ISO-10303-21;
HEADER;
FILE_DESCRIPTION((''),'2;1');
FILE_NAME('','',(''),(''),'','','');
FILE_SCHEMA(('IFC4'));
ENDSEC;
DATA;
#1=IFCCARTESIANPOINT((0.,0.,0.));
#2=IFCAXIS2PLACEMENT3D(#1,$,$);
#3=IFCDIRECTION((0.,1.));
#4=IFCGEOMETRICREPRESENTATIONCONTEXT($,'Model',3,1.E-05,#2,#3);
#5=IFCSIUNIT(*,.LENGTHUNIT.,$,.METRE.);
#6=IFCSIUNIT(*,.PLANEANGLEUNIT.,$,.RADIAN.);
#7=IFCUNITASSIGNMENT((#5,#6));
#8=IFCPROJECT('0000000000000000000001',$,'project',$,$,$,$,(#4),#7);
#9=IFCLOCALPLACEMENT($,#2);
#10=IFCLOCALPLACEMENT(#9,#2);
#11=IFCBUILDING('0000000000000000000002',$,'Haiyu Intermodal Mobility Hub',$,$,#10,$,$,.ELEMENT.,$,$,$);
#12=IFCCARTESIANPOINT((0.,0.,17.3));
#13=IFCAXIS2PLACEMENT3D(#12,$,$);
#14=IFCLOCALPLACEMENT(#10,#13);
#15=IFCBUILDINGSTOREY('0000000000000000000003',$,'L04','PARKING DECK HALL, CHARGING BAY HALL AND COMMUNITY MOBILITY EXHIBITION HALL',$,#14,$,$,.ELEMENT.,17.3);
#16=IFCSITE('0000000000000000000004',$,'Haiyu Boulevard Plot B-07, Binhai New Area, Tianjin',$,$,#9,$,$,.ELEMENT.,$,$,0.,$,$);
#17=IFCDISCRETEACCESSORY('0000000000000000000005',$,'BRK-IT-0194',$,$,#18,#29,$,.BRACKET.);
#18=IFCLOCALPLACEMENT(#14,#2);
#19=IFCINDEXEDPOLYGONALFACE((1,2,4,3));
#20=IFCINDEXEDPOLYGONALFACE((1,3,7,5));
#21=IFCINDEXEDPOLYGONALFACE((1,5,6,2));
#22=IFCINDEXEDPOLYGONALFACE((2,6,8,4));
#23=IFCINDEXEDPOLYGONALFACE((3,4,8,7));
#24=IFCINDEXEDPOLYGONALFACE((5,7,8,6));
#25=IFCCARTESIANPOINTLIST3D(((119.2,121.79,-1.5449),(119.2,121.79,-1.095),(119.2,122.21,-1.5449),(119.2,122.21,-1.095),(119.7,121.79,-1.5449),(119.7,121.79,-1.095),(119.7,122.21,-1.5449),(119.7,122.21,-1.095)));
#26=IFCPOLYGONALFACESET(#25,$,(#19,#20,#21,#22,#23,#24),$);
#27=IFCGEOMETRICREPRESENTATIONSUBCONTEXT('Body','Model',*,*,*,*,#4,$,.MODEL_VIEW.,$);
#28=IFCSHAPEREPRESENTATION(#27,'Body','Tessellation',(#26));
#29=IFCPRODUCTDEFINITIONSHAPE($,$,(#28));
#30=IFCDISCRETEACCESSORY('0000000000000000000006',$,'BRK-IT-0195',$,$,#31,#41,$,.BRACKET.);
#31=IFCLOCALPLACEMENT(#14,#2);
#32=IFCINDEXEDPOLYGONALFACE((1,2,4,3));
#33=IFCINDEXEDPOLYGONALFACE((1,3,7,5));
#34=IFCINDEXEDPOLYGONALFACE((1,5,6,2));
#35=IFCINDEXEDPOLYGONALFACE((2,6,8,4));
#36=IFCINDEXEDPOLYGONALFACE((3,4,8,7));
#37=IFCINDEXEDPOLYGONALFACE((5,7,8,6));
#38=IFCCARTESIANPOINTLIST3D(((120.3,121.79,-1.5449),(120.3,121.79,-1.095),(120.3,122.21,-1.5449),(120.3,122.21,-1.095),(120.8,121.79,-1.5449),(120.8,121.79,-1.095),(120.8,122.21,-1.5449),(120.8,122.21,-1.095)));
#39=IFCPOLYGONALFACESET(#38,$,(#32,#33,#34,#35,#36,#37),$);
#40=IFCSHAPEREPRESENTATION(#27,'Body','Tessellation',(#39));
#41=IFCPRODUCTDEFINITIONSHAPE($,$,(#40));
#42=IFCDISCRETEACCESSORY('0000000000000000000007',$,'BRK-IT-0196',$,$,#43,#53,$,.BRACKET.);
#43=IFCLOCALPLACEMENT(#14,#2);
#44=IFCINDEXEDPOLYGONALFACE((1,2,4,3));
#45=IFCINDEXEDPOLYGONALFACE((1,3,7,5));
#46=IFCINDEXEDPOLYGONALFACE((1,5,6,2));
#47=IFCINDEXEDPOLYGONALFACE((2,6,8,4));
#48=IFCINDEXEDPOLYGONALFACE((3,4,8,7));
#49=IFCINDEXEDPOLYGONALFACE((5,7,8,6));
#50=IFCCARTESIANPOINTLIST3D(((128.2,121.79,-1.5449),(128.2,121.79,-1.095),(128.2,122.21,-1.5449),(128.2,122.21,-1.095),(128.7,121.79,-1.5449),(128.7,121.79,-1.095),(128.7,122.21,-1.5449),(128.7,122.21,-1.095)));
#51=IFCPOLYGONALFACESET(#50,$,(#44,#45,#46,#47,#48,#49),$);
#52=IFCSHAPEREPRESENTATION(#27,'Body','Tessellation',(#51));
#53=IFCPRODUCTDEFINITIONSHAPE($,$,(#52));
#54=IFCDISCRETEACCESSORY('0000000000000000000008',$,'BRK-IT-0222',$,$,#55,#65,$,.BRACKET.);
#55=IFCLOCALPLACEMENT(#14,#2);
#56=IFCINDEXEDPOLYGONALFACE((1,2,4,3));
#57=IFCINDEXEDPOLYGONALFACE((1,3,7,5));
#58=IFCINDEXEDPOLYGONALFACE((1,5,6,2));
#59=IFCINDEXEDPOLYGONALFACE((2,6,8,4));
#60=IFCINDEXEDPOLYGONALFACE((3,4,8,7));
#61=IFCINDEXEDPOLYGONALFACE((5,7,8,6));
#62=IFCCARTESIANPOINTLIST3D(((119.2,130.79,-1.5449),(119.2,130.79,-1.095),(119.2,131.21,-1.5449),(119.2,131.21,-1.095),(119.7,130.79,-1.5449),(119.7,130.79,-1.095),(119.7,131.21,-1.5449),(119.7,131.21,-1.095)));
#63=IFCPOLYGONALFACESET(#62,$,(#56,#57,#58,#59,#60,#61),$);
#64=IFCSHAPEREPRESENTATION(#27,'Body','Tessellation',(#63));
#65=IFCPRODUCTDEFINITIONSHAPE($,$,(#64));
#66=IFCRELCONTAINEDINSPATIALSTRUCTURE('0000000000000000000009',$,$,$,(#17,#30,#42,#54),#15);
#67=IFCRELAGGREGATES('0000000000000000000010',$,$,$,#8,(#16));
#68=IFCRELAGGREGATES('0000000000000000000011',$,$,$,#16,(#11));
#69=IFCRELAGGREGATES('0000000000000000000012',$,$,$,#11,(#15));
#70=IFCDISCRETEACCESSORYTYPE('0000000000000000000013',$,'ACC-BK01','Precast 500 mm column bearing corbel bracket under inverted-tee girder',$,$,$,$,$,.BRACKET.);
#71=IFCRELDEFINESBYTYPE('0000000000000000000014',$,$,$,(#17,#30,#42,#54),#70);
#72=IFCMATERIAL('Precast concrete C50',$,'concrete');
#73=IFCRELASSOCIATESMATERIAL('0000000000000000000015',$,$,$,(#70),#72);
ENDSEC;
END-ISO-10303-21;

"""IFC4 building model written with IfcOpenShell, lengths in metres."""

from ifc_helpers import new_model, si_unit, direction, frame, origin, origin_2d, place, context, subcontext, project, spatial, rectangle, extrude, material, type_object, element, save


model = new_model("IFC4")

# Units and contexts
model_context = context("Model", 3, precision=1e-05, world=origin(), true_north=direction((0.0, 1.0)))
body_context = subcontext(model_context, "Body", "Model", "MODEL_VIEW")
ifc_project = project(units=[si_unit("LENGTHUNIT", "METRE"), si_unit("PLANEANGLEUNIT", "RADIAN")], contexts=[model_context])

# Site, building, storey
site_placement = place(None, origin())
site = spatial("IfcSite", under=ifc_project, at=site_placement, Name="Haiyu Boulevard Plot B-07, Binhai New Area, Tianjin", CompositionType="ELEMENT", RefElevation=0.0)
building_placement = place(site_placement, origin())
building = spatial("IfcBuilding", under=site, at=building_placement, Name="Haiyu Intermodal Mobility Hub", CompositionType="ELEMENT")
storey_placement = place(building_placement, frame((0.0, 0.0, 17.3)))
storey = spatial("IfcBuildingStorey", under=building, at=storey_placement, Name="L04", Description="PARKING DECK HALL, CHARGING BAY HALL AND COMMUNITY MOBILITY EXHIBITION HALL", CompositionType="ELEMENT", Elevation=17.3)

# Shared definitions
ifc_material_1 = material(Name="Precast concrete C50", Category="concrete")

# Discrete accessories
discrete_accessory_type = type_object("IfcDiscreteAccessoryType", Name="ACC-BK01", Description="Precast 500 mm column bearing corbel bracket under inverted-tee girder", PredefinedType="BRACKET", material=ifc_material_1)
for number, where, z_axis, x_axis, name in (
    (1, (119.45, 122.0, -1.5449), (0.0, 0.0, 1.0), (1.0, 0.0, 0.0), "BRK-IT-0194"),
    (2, (120.55, 122.0, -1.5449), (0.0, 0.0, 1.0), (1.0, 0.0, 0.0), "BRK-IT-0195"),
    (3, (128.45, 122.0, -1.5449), (0.0, 0.0, 1.0), (1.0, 0.0, 0.0), "BRK-IT-0196"),
    (4, (119.45, 131.0, -1.5449), (0.0, 0.0, 1.0), (1.0, 0.0, 0.0), "BRK-IT-0222"),
):
    element("IfcDiscreteAccessory", number, at=place(storey_placement, frame(where, z_axis=z_axis, x_axis=x_axis)), inside=storey, type_object=discrete_accessory_type, Name=name, PredefinedType="BRACKET", context=body_context, shape_type="SweptSolid", body=[
        extrude(rectangle(XDim=0.5, YDim=0.4199, at=origin_2d()), origin(), (0.0, 0.0, 1.0), 0.45),
    ])

save(model, "model.ifc")
